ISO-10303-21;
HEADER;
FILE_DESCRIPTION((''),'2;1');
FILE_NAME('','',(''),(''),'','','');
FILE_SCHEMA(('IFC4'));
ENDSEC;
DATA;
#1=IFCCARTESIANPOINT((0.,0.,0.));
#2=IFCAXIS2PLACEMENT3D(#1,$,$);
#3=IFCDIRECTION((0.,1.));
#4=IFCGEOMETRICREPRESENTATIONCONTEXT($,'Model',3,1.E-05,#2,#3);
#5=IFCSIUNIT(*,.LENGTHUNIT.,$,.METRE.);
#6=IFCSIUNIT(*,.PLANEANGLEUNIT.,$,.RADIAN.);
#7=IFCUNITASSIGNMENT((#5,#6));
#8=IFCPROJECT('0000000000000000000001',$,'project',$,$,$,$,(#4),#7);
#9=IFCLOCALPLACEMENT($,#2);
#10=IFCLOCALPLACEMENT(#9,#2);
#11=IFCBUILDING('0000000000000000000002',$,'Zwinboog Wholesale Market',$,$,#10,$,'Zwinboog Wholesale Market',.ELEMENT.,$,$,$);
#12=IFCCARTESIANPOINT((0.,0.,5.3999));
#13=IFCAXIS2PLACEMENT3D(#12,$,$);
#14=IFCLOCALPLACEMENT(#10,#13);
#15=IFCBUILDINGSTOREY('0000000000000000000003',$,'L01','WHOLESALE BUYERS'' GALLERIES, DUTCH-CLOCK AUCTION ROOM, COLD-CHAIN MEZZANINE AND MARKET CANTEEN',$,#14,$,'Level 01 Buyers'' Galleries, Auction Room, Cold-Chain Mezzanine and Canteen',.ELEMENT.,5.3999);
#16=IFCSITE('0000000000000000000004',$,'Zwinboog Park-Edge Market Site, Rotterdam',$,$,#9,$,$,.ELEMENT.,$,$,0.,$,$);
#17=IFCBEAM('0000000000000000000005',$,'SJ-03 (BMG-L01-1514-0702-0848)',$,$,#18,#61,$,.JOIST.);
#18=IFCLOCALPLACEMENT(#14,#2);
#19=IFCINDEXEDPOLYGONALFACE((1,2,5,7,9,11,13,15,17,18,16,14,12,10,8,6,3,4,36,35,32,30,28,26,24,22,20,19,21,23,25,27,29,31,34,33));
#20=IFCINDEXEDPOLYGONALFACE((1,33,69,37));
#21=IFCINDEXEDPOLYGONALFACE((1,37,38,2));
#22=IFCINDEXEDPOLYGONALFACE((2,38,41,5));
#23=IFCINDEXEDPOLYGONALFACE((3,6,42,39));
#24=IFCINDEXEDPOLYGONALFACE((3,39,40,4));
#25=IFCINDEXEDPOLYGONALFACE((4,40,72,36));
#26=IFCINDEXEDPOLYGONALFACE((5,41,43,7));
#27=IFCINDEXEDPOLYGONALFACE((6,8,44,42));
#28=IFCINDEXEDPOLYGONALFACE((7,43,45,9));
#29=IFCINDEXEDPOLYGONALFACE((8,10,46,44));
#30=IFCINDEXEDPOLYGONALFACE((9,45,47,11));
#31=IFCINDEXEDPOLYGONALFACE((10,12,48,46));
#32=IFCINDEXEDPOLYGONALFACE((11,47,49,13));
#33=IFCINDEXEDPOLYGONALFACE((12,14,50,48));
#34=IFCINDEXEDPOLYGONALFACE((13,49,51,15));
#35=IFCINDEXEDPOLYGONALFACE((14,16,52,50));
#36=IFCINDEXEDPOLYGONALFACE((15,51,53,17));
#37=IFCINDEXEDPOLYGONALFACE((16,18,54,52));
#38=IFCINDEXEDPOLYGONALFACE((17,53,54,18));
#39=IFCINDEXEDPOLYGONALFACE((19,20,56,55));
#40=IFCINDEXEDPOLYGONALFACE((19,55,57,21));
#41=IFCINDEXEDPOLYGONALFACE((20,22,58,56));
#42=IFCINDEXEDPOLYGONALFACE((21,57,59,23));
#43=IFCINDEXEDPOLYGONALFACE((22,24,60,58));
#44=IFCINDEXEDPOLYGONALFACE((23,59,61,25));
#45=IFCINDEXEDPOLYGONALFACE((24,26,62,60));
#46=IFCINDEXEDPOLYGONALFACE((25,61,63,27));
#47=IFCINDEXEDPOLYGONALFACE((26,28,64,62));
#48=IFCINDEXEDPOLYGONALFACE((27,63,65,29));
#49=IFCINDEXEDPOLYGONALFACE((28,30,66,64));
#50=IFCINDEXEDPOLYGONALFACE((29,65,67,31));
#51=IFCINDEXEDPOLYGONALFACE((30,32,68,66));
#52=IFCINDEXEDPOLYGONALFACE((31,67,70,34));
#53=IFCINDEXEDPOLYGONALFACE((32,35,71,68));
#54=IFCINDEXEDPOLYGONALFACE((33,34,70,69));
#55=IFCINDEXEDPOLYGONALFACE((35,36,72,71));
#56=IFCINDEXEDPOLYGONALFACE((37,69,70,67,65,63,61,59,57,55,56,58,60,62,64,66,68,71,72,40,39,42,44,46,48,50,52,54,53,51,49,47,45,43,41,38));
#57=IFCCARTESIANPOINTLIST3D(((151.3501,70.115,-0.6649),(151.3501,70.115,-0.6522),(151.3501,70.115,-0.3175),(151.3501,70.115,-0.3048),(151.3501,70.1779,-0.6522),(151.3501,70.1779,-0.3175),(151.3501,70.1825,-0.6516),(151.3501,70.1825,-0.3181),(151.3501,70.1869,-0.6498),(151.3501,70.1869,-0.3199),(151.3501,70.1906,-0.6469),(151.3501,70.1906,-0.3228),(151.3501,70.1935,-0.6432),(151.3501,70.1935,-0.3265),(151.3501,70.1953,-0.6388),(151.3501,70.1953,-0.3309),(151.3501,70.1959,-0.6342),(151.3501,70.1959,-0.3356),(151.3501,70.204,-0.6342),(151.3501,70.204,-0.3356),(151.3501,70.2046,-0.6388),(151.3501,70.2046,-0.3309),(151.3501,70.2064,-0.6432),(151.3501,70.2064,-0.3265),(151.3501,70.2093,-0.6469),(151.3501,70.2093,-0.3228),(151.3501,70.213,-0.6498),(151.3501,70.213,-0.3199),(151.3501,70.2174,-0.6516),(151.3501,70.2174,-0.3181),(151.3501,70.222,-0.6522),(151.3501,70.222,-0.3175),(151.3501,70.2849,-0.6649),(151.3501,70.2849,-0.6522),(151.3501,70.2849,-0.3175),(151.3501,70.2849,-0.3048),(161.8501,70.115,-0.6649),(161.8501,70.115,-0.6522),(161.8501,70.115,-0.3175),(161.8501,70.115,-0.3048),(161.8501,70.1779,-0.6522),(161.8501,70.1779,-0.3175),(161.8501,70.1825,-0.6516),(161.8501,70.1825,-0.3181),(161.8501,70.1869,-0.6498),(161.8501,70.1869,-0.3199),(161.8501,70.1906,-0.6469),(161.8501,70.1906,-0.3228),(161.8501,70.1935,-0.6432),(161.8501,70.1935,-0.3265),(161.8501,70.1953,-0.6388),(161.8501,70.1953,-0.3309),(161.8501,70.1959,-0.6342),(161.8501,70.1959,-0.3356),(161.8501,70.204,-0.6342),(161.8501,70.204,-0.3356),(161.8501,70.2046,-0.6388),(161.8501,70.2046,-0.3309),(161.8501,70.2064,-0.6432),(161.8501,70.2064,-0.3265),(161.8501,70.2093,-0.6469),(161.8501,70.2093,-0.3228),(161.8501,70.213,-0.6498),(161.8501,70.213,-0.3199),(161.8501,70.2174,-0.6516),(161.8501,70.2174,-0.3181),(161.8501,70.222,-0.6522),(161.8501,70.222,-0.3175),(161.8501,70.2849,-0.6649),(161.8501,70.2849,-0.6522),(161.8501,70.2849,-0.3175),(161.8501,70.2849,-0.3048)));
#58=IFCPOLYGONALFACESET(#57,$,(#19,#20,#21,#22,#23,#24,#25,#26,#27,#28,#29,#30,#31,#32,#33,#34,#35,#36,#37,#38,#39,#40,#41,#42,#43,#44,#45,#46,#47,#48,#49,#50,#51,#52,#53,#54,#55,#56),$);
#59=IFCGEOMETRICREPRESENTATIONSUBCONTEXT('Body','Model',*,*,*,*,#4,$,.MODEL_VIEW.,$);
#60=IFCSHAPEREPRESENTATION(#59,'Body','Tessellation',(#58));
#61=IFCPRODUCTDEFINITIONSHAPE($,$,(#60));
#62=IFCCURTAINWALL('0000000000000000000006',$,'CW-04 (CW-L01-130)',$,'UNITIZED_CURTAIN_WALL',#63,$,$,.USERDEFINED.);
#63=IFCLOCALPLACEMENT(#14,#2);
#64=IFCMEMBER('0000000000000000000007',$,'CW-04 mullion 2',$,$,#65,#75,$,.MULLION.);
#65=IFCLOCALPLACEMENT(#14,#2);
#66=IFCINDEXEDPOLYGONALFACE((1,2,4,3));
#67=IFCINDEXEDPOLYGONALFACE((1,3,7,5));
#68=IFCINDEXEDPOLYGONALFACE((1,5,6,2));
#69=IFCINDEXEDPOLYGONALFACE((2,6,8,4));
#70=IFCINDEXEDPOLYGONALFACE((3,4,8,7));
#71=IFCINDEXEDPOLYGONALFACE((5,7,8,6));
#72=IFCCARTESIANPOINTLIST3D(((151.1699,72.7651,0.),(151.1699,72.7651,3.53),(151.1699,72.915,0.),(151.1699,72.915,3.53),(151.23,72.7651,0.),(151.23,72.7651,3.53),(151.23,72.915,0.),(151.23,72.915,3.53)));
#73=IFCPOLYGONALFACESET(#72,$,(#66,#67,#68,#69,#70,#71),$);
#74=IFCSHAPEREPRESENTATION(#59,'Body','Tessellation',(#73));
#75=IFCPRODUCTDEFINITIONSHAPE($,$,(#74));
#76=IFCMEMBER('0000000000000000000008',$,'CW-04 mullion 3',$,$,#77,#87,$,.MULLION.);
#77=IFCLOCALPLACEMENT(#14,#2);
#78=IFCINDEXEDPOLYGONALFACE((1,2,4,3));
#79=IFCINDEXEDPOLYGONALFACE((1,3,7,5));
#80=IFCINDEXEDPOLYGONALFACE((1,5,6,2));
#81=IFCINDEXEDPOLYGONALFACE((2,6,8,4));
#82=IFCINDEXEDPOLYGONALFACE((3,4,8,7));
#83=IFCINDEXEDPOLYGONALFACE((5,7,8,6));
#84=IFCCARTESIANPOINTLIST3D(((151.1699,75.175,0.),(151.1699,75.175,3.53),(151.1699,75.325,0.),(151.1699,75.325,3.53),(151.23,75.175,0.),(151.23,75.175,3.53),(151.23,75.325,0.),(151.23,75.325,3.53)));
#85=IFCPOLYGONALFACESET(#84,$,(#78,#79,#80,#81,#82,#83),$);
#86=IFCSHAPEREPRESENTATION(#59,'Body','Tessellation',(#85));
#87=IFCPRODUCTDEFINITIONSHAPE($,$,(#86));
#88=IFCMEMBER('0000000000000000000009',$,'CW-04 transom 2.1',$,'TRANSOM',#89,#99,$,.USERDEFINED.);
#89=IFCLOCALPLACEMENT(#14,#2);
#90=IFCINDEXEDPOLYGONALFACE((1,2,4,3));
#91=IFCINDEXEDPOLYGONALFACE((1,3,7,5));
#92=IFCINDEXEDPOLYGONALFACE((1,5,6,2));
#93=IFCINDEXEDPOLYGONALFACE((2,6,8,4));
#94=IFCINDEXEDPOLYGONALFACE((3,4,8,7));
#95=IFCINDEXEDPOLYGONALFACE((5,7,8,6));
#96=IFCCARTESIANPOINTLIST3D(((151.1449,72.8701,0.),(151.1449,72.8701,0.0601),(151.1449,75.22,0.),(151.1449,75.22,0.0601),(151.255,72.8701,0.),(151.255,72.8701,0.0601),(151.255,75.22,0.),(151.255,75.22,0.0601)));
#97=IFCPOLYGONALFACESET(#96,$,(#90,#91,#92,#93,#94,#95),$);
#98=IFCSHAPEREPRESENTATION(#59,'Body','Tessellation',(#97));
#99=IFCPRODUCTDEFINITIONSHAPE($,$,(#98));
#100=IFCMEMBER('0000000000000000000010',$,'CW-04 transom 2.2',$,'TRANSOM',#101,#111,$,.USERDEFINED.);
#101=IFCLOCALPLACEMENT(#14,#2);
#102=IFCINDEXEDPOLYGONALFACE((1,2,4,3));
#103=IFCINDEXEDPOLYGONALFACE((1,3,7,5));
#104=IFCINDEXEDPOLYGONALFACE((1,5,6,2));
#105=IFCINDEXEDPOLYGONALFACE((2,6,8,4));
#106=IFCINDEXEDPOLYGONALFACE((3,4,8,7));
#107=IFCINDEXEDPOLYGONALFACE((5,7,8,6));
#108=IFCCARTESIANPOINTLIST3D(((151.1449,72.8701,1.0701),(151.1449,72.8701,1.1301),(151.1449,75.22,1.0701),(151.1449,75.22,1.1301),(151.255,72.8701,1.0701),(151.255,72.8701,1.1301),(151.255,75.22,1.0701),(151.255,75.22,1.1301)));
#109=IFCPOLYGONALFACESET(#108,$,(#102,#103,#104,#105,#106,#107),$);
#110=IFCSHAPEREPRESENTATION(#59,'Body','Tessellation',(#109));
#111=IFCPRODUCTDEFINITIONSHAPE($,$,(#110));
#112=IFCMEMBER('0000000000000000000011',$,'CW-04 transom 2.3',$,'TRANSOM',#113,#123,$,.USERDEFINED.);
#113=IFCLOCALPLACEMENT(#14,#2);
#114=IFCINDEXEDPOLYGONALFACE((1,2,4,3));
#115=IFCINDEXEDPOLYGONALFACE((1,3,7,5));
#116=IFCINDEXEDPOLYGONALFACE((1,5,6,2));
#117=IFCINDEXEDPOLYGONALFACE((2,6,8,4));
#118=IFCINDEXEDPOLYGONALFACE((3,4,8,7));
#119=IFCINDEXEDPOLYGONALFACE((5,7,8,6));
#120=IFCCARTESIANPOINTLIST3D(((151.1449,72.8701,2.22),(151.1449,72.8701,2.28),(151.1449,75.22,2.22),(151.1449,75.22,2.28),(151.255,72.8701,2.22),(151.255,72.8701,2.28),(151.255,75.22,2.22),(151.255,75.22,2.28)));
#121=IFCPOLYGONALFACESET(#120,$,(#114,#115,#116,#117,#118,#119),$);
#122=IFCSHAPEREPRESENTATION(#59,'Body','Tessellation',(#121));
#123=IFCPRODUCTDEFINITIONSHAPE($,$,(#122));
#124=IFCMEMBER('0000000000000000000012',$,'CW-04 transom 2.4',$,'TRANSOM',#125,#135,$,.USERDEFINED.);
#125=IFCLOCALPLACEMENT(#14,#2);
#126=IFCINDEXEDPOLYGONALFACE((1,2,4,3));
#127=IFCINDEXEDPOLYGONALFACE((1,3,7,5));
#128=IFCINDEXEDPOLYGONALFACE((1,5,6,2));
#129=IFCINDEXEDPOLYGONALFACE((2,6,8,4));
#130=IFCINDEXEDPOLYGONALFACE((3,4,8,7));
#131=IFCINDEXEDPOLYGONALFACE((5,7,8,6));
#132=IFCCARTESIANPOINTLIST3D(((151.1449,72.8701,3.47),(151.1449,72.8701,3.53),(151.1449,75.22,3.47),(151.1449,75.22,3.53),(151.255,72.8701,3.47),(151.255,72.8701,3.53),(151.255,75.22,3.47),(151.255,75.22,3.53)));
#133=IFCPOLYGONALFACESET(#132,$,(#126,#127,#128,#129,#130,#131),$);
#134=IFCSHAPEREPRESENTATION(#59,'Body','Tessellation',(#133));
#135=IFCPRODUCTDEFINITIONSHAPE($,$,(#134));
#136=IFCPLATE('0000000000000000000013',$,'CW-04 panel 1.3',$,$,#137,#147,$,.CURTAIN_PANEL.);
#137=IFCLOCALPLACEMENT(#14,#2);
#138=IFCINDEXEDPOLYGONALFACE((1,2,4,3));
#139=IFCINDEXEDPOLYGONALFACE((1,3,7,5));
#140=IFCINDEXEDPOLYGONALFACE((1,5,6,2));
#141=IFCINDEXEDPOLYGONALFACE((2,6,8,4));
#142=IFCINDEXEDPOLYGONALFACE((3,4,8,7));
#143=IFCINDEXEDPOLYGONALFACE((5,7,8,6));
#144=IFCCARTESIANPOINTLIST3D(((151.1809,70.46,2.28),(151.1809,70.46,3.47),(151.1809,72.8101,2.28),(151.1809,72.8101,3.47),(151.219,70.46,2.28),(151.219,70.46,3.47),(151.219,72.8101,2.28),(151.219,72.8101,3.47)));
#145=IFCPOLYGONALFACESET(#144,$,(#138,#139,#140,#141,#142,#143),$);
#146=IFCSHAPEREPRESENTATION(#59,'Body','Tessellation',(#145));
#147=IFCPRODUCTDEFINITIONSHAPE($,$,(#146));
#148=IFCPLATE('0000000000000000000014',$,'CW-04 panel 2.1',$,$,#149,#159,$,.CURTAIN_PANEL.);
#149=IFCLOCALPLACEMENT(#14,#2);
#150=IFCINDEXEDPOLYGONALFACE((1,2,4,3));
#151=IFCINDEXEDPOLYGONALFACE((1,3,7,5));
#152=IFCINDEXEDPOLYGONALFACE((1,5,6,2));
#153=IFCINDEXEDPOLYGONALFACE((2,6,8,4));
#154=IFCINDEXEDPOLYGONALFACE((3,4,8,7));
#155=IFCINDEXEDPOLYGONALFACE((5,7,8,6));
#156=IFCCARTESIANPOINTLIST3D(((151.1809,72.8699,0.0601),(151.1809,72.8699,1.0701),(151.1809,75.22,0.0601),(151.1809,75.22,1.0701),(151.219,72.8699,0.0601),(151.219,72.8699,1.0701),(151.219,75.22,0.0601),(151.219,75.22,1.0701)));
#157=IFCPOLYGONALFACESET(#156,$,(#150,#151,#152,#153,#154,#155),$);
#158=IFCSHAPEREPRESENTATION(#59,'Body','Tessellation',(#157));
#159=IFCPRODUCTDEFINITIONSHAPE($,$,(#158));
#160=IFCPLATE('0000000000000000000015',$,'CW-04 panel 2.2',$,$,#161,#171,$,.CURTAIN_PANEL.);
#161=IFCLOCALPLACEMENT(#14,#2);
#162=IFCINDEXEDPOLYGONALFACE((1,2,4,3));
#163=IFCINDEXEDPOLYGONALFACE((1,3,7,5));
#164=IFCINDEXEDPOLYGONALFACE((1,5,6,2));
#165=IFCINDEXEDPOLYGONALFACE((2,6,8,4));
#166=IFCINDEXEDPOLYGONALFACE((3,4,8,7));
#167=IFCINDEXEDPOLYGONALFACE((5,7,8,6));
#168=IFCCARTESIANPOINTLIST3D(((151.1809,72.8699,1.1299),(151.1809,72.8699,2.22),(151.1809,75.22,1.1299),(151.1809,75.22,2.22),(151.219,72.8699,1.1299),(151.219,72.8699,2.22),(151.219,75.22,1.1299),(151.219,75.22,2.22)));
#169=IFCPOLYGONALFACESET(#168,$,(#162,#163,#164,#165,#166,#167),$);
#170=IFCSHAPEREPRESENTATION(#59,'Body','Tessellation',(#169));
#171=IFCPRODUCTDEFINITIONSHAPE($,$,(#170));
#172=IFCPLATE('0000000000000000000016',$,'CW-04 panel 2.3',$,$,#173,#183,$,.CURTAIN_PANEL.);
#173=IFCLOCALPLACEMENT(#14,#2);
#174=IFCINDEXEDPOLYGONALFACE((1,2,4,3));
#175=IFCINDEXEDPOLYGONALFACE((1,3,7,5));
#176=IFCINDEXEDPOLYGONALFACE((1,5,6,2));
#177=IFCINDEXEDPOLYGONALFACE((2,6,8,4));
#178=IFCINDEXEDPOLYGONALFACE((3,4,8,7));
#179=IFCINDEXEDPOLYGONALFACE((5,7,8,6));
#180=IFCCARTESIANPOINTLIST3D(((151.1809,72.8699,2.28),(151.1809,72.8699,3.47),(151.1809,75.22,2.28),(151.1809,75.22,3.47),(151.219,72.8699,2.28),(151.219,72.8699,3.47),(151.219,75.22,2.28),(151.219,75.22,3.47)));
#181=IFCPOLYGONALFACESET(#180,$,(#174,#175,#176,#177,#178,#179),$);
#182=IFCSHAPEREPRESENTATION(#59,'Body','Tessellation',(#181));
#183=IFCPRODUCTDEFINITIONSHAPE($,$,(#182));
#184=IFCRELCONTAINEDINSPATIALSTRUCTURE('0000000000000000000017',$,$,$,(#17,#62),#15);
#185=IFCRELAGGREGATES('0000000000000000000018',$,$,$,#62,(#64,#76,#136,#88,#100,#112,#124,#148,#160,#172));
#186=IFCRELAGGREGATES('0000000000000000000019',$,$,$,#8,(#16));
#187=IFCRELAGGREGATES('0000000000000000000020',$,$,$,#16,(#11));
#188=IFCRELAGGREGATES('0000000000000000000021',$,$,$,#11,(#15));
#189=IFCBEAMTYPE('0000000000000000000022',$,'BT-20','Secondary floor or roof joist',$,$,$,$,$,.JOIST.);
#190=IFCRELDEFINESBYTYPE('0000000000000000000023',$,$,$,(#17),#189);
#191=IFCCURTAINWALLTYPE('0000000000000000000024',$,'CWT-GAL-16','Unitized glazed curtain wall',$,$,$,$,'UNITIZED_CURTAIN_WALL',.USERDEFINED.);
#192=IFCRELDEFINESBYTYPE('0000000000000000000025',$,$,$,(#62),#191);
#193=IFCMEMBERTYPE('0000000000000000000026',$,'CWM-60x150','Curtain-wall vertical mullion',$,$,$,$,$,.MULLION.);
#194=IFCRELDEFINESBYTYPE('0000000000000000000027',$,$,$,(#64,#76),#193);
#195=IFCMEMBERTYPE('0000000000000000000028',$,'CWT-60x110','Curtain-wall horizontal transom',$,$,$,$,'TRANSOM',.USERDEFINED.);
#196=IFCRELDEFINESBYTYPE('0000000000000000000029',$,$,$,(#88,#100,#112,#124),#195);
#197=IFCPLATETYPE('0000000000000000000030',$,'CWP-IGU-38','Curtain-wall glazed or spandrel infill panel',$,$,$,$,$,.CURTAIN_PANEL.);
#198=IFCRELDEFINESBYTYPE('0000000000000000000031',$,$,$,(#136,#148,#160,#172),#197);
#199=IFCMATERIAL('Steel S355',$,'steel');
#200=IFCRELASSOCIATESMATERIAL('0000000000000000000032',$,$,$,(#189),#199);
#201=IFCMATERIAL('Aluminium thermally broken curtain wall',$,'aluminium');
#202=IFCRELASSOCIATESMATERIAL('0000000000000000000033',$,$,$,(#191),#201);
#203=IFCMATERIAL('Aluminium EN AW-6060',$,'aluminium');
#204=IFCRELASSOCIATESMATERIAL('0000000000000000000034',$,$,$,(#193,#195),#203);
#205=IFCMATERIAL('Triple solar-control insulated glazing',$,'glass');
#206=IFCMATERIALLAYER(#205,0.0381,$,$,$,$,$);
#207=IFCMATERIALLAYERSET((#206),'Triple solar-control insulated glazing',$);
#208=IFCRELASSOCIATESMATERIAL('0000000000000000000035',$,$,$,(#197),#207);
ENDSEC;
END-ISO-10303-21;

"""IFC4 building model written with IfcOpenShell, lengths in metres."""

from ifc_helpers import new_model, si_unit, direction, frame, origin, origin_2d, place, context, subcontext, project, spatial, rectangle, i_section, extrude, material, layer, layer_set, material_profile, profile_set, type_object, element, aggregate, save


model = new_model("IFC4")

# Units and contexts
model_context = context("Model", 3, precision=1e-05, world=origin(), true_north=direction((0.0, 1.0)))
body_context = subcontext(model_context, "Body", "Model", "MODEL_VIEW")
ifc_project = project(units=[si_unit("LENGTHUNIT", "METRE"), si_unit("PLANEANGLEUNIT", "RADIAN")], contexts=[model_context])

# Site, building, storey
site_placement = place(None, origin())
site = spatial("IfcSite", under=ifc_project, at=site_placement, Name="Zwinboog Park-Edge Market Site, Rotterdam", CompositionType="ELEMENT", RefElevation=0.0)
building_placement = place(site_placement, origin())
building = spatial("IfcBuilding", under=site, at=building_placement, Name="Zwinboog Wholesale Market", LongName="Zwinboog Wholesale Market", CompositionType="ELEMENT")
storey_placement = place(building_placement, frame((0.0, 0.0, 5.3999)))
storey = spatial("IfcBuildingStorey", under=building, at=storey_placement, Name="L01", Description="WHOLESALE BUYERS' GALLERIES, DUTCH-CLOCK AUCTION ROOM, COLD-CHAIN MEZZANINE AND MARKET CANTEEN", LongName="Level 01 Buyers' Galleries, Auction Room, Cold-Chain Mezzanine and Canteen", CompositionType="ELEMENT", Elevation=5.3999)

# Beam
ifc_material_1 = material(Name="Steel S355", Category="steel")
ifc_material_profile_1 = material_profile(ifc_material_1, i_section(OverallWidth=0.1699, OverallDepth=0.3601, WebThickness=0.0081, FlangeThickness=0.0127, FilletRadius=0.0181, at=origin_2d()), Name="IPE 360")
ifc_profile_set_1 = profile_set([ifc_material_profile_1], Name="Steel S355")
beam_type_1 = type_object("IfcBeamType", Name="BT-20", Description="Secondary floor or roof joist", PredefinedType="JOIST", material=ifc_profile_set_1)
beam_1_placement = place(storey_placement, frame((151.3501, 70.2, -0.4849), z_axis=(1.0, 0.0, 0.0), x_axis=(0.0, 1.0, 0.0)))
element("IfcBeam", 1, at=beam_1_placement, inside=storey, type_object=beam_type_1, Name="SJ-03 (BMG-L01-1514-0702-0848)", PredefinedType="JOIST", context=body_context, shape_type="SweptSolid", body=[
    extrude(i_section(OverallWidth=0.1699, OverallDepth=0.3601, WebThickness=0.0081, FlangeThickness=0.0127, FilletRadius=0.0181, at=origin_2d()), origin(), (0.0, 0.0, 1.0), 10.5),
])

# Curtain wall, members, plates
ifc_material_2 = material(Name="Aluminium thermally broken curtain wall", Category="aluminium")
curtain_wall_type = type_object("IfcCurtainWallType", Name="CWT-GAL-16", Description="Unitized glazed curtain wall", ElementType="UNITIZED_CURTAIN_WALL", PredefinedType="USERDEFINED", material=ifc_material_2)
curtain_wall_placement = place(storey_placement, origin())
curtain_wall = element("IfcCurtainWall", 2, at=curtain_wall_placement, inside=storey, type_object=curtain_wall_type, Name="CW-04 (CW-L01-130)", ObjectType="UNITIZED_CURTAIN_WALL", PredefinedType="USERDEFINED")
ifc_material_3 = material(Name="Aluminium EN AW-6060", Category="aluminium")
ifc_material_profile_2 = material_profile(ifc_material_3, rectangle(XDim=0.0601, YDim=0.1499, at=origin_2d()), Name="AL 60x150")
ifc_profile_set_2 = profile_set([ifc_material_profile_2], Name="Aluminium EN AW-6060")
member_type_1 = type_object("IfcMemberType", Name="CWM-60x150", Description="Curtain-wall vertical mullion", PredefinedType="MULLION", material=ifc_profile_set_2)
member_1_placement = place(storey_placement, frame((151.2, 72.8401, 0.0), z_axis=(0.0, 0.0, 1.0), x_axis=(-1.0, 0.0, 0.0)))
member_1 = element("IfcMember", 3, at=member_1_placement, type_object=member_type_1, Name="CW-04 mullion 2", PredefinedType="MULLION", context=body_context, shape_type="SweptSolid", body=[
    extrude(rectangle(XDim=0.0601, YDim=0.1499, at=origin_2d()), origin(), (0.0, 0.0, 1.0), 3.53),
])
member_2_placement = place(storey_placement, frame((151.2, 75.25, 0.0), z_axis=(0.0, 0.0, 1.0), x_axis=(-1.0, 0.0, 0.0)))
member_2 = element("IfcMember", 4, at=member_2_placement, type_object=member_type_1, Name="CW-04 mullion 3", PredefinedType="MULLION", context=body_context, shape_type="SweptSolid", body=[
    extrude(rectangle(XDim=0.0601, YDim=0.1499, at=origin_2d()), origin(), (0.0, 0.0, 1.0), 3.53),
])
ifc_material_profile_3 = material_profile(ifc_material_3, rectangle(XDim=0.1101, YDim=0.0601, at=origin_2d()), Name="AL 60x110")
ifc_profile_set_3 = profile_set([ifc_material_profile_3], Name="Aluminium EN AW-6060")
member_type_2 = type_object("IfcMemberType", Name="CWT-60x110", Description="Curtain-wall horizontal transom", ElementType="TRANSOM", PredefinedType="USERDEFINED", material=ifc_profile_set_3)
member_3_placement = place(storey_placement, frame((151.2, 72.8701, 0.03), z_axis=(0.0, 1.0, 0.0), x_axis=(-1.0, 0.0, 0.0)))
member_3 = element("IfcMember", 5, at=member_3_placement, type_object=member_type_2, Name="CW-04 transom 2.1", ObjectType="TRANSOM", PredefinedType="USERDEFINED", context=body_context, shape_type="SweptSolid", body=[
    extrude(rectangle(XDim=0.1101, YDim=0.0601, at=origin_2d()), origin(), (0.0, 0.0, 1.0), 2.3499),
])
member_4_placement = place(storey_placement, frame((151.2, 72.8701, 1.1001), z_axis=(0.0, 1.0, 0.0), x_axis=(-1.0, 0.0, 0.0)))
member_4 = element("IfcMember", 6, at=member_4_placement, type_object=member_type_2, Name="CW-04 transom 2.2", ObjectType="TRANSOM", PredefinedType="USERDEFINED", context=body_context, shape_type="SweptSolid", body=[
    extrude(rectangle(XDim=0.1101, YDim=0.0601, at=origin_2d()), origin(), (0.0, 0.0, 1.0), 2.3499),
])
member_5_placement = place(storey_placement, frame((151.2, 72.8701, 2.25), z_axis=(0.0, 1.0, 0.0), x_axis=(-1.0, 0.0, 0.0)))
member_5 = element("IfcMember", 7, at=member_5_placement, type_object=member_type_2, Name="CW-04 transom 2.3", ObjectType="TRANSOM", PredefinedType="USERDEFINED", context=body_context, shape_type="SweptSolid", body=[
    extrude(rectangle(XDim=0.1101, YDim=0.0601, at=origin_2d()), origin(), (0.0, 0.0, 1.0), 2.3499),
])
member_6_placement = place(storey_placement, frame((151.2, 72.8701, 3.5), z_axis=(0.0, 1.0, 0.0), x_axis=(-1.0, 0.0, 0.0)))
member_6 = element("IfcMember", 8, at=member_6_placement, type_object=member_type_2, Name="CW-04 transom 2.4", ObjectType="TRANSOM", PredefinedType="USERDEFINED", context=body_context, shape_type="SweptSolid", body=[
    extrude(rectangle(XDim=0.1101, YDim=0.0601, at=origin_2d()), origin(), (0.0, 0.0, 1.0), 2.3499),
])
ifc_material_4 = material(Name="Triple solar-control insulated glazing", Category="glass")
ifc_layer_1 = layer(ifc_material_4, 0.0381)
ifc_layer_set_1 = layer_set([ifc_layer_1], Name="Triple solar-control insulated glazing")
plate_type = type_object("IfcPlateType", Name="CWP-IGU-38", Description="Curtain-wall glazed or spandrel infill panel", PredefinedType="CURTAIN_PANEL", material=ifc_layer_set_1)
plate_1_placement = place(storey_placement, frame((151.2, 71.635, 2.28), z_axis=(0.0, 0.0, 1.0), x_axis=(0.0, 1.0, 0.0)))
plate_1 = element("IfcPlate", 9, at=plate_1_placement, type_object=plate_type, Name="CW-04 panel 1.3", PredefinedType="CURTAIN_PANEL", context=body_context, shape_type="SweptSolid", body=[
    extrude(rectangle(XDim=2.3501, YDim=0.0381, at=origin_2d()), origin(), (0.0, 0.0, 1.0), 1.1899),
])
plate_2_placement = place(storey_placement, frame((151.2, 74.0449, 0.0601), z_axis=(0.0, 0.0, 1.0), x_axis=(0.0, 1.0, 0.0)))
plate_2 = element("IfcPlate", 10, at=plate_2_placement, type_object=plate_type, Name="CW-04 panel 2.1", PredefinedType="CURTAIN_PANEL", context=body_context, shape_type="SweptSolid", body=[
    extrude(rectangle(XDim=2.3501, YDim=0.0381, at=origin_2d()), origin(), (0.0, 0.0, 1.0), 1.01),
])
plate_3_placement = place(storey_placement, frame((151.2, 74.0449, 1.1299), z_axis=(0.0, 0.0, 1.0), x_axis=(0.0, 1.0, 0.0)))
plate_3 = element("IfcPlate", 11, at=plate_3_placement, type_object=plate_type, Name="CW-04 panel 2.2", PredefinedType="CURTAIN_PANEL", context=body_context, shape_type="SweptSolid", body=[
    extrude(rectangle(XDim=2.3501, YDim=0.0381, at=origin_2d()), origin(), (0.0, 0.0, 1.0), 1.0901),
])
plate_4_placement = place(storey_placement, frame((151.2, 74.0449, 2.28), z_axis=(0.0, 0.0, 1.0), x_axis=(0.0, 1.0, 0.0)))
plate_4 = element("IfcPlate", 12, at=plate_4_placement, type_object=plate_type, Name="CW-04 panel 2.3", PredefinedType="CURTAIN_PANEL", context=body_context, shape_type="SweptSolid", body=[
    extrude(rectangle(XDim=2.3501, YDim=0.0381, at=origin_2d()), origin(), (0.0, 0.0, 1.0), 1.1899),
])
aggregate(curtain_wall, [member_1, member_2, plate_1, member_3, member_4, member_5, member_6, plate_2, plate_3, plate_4])

save(model, "model.ifc")
